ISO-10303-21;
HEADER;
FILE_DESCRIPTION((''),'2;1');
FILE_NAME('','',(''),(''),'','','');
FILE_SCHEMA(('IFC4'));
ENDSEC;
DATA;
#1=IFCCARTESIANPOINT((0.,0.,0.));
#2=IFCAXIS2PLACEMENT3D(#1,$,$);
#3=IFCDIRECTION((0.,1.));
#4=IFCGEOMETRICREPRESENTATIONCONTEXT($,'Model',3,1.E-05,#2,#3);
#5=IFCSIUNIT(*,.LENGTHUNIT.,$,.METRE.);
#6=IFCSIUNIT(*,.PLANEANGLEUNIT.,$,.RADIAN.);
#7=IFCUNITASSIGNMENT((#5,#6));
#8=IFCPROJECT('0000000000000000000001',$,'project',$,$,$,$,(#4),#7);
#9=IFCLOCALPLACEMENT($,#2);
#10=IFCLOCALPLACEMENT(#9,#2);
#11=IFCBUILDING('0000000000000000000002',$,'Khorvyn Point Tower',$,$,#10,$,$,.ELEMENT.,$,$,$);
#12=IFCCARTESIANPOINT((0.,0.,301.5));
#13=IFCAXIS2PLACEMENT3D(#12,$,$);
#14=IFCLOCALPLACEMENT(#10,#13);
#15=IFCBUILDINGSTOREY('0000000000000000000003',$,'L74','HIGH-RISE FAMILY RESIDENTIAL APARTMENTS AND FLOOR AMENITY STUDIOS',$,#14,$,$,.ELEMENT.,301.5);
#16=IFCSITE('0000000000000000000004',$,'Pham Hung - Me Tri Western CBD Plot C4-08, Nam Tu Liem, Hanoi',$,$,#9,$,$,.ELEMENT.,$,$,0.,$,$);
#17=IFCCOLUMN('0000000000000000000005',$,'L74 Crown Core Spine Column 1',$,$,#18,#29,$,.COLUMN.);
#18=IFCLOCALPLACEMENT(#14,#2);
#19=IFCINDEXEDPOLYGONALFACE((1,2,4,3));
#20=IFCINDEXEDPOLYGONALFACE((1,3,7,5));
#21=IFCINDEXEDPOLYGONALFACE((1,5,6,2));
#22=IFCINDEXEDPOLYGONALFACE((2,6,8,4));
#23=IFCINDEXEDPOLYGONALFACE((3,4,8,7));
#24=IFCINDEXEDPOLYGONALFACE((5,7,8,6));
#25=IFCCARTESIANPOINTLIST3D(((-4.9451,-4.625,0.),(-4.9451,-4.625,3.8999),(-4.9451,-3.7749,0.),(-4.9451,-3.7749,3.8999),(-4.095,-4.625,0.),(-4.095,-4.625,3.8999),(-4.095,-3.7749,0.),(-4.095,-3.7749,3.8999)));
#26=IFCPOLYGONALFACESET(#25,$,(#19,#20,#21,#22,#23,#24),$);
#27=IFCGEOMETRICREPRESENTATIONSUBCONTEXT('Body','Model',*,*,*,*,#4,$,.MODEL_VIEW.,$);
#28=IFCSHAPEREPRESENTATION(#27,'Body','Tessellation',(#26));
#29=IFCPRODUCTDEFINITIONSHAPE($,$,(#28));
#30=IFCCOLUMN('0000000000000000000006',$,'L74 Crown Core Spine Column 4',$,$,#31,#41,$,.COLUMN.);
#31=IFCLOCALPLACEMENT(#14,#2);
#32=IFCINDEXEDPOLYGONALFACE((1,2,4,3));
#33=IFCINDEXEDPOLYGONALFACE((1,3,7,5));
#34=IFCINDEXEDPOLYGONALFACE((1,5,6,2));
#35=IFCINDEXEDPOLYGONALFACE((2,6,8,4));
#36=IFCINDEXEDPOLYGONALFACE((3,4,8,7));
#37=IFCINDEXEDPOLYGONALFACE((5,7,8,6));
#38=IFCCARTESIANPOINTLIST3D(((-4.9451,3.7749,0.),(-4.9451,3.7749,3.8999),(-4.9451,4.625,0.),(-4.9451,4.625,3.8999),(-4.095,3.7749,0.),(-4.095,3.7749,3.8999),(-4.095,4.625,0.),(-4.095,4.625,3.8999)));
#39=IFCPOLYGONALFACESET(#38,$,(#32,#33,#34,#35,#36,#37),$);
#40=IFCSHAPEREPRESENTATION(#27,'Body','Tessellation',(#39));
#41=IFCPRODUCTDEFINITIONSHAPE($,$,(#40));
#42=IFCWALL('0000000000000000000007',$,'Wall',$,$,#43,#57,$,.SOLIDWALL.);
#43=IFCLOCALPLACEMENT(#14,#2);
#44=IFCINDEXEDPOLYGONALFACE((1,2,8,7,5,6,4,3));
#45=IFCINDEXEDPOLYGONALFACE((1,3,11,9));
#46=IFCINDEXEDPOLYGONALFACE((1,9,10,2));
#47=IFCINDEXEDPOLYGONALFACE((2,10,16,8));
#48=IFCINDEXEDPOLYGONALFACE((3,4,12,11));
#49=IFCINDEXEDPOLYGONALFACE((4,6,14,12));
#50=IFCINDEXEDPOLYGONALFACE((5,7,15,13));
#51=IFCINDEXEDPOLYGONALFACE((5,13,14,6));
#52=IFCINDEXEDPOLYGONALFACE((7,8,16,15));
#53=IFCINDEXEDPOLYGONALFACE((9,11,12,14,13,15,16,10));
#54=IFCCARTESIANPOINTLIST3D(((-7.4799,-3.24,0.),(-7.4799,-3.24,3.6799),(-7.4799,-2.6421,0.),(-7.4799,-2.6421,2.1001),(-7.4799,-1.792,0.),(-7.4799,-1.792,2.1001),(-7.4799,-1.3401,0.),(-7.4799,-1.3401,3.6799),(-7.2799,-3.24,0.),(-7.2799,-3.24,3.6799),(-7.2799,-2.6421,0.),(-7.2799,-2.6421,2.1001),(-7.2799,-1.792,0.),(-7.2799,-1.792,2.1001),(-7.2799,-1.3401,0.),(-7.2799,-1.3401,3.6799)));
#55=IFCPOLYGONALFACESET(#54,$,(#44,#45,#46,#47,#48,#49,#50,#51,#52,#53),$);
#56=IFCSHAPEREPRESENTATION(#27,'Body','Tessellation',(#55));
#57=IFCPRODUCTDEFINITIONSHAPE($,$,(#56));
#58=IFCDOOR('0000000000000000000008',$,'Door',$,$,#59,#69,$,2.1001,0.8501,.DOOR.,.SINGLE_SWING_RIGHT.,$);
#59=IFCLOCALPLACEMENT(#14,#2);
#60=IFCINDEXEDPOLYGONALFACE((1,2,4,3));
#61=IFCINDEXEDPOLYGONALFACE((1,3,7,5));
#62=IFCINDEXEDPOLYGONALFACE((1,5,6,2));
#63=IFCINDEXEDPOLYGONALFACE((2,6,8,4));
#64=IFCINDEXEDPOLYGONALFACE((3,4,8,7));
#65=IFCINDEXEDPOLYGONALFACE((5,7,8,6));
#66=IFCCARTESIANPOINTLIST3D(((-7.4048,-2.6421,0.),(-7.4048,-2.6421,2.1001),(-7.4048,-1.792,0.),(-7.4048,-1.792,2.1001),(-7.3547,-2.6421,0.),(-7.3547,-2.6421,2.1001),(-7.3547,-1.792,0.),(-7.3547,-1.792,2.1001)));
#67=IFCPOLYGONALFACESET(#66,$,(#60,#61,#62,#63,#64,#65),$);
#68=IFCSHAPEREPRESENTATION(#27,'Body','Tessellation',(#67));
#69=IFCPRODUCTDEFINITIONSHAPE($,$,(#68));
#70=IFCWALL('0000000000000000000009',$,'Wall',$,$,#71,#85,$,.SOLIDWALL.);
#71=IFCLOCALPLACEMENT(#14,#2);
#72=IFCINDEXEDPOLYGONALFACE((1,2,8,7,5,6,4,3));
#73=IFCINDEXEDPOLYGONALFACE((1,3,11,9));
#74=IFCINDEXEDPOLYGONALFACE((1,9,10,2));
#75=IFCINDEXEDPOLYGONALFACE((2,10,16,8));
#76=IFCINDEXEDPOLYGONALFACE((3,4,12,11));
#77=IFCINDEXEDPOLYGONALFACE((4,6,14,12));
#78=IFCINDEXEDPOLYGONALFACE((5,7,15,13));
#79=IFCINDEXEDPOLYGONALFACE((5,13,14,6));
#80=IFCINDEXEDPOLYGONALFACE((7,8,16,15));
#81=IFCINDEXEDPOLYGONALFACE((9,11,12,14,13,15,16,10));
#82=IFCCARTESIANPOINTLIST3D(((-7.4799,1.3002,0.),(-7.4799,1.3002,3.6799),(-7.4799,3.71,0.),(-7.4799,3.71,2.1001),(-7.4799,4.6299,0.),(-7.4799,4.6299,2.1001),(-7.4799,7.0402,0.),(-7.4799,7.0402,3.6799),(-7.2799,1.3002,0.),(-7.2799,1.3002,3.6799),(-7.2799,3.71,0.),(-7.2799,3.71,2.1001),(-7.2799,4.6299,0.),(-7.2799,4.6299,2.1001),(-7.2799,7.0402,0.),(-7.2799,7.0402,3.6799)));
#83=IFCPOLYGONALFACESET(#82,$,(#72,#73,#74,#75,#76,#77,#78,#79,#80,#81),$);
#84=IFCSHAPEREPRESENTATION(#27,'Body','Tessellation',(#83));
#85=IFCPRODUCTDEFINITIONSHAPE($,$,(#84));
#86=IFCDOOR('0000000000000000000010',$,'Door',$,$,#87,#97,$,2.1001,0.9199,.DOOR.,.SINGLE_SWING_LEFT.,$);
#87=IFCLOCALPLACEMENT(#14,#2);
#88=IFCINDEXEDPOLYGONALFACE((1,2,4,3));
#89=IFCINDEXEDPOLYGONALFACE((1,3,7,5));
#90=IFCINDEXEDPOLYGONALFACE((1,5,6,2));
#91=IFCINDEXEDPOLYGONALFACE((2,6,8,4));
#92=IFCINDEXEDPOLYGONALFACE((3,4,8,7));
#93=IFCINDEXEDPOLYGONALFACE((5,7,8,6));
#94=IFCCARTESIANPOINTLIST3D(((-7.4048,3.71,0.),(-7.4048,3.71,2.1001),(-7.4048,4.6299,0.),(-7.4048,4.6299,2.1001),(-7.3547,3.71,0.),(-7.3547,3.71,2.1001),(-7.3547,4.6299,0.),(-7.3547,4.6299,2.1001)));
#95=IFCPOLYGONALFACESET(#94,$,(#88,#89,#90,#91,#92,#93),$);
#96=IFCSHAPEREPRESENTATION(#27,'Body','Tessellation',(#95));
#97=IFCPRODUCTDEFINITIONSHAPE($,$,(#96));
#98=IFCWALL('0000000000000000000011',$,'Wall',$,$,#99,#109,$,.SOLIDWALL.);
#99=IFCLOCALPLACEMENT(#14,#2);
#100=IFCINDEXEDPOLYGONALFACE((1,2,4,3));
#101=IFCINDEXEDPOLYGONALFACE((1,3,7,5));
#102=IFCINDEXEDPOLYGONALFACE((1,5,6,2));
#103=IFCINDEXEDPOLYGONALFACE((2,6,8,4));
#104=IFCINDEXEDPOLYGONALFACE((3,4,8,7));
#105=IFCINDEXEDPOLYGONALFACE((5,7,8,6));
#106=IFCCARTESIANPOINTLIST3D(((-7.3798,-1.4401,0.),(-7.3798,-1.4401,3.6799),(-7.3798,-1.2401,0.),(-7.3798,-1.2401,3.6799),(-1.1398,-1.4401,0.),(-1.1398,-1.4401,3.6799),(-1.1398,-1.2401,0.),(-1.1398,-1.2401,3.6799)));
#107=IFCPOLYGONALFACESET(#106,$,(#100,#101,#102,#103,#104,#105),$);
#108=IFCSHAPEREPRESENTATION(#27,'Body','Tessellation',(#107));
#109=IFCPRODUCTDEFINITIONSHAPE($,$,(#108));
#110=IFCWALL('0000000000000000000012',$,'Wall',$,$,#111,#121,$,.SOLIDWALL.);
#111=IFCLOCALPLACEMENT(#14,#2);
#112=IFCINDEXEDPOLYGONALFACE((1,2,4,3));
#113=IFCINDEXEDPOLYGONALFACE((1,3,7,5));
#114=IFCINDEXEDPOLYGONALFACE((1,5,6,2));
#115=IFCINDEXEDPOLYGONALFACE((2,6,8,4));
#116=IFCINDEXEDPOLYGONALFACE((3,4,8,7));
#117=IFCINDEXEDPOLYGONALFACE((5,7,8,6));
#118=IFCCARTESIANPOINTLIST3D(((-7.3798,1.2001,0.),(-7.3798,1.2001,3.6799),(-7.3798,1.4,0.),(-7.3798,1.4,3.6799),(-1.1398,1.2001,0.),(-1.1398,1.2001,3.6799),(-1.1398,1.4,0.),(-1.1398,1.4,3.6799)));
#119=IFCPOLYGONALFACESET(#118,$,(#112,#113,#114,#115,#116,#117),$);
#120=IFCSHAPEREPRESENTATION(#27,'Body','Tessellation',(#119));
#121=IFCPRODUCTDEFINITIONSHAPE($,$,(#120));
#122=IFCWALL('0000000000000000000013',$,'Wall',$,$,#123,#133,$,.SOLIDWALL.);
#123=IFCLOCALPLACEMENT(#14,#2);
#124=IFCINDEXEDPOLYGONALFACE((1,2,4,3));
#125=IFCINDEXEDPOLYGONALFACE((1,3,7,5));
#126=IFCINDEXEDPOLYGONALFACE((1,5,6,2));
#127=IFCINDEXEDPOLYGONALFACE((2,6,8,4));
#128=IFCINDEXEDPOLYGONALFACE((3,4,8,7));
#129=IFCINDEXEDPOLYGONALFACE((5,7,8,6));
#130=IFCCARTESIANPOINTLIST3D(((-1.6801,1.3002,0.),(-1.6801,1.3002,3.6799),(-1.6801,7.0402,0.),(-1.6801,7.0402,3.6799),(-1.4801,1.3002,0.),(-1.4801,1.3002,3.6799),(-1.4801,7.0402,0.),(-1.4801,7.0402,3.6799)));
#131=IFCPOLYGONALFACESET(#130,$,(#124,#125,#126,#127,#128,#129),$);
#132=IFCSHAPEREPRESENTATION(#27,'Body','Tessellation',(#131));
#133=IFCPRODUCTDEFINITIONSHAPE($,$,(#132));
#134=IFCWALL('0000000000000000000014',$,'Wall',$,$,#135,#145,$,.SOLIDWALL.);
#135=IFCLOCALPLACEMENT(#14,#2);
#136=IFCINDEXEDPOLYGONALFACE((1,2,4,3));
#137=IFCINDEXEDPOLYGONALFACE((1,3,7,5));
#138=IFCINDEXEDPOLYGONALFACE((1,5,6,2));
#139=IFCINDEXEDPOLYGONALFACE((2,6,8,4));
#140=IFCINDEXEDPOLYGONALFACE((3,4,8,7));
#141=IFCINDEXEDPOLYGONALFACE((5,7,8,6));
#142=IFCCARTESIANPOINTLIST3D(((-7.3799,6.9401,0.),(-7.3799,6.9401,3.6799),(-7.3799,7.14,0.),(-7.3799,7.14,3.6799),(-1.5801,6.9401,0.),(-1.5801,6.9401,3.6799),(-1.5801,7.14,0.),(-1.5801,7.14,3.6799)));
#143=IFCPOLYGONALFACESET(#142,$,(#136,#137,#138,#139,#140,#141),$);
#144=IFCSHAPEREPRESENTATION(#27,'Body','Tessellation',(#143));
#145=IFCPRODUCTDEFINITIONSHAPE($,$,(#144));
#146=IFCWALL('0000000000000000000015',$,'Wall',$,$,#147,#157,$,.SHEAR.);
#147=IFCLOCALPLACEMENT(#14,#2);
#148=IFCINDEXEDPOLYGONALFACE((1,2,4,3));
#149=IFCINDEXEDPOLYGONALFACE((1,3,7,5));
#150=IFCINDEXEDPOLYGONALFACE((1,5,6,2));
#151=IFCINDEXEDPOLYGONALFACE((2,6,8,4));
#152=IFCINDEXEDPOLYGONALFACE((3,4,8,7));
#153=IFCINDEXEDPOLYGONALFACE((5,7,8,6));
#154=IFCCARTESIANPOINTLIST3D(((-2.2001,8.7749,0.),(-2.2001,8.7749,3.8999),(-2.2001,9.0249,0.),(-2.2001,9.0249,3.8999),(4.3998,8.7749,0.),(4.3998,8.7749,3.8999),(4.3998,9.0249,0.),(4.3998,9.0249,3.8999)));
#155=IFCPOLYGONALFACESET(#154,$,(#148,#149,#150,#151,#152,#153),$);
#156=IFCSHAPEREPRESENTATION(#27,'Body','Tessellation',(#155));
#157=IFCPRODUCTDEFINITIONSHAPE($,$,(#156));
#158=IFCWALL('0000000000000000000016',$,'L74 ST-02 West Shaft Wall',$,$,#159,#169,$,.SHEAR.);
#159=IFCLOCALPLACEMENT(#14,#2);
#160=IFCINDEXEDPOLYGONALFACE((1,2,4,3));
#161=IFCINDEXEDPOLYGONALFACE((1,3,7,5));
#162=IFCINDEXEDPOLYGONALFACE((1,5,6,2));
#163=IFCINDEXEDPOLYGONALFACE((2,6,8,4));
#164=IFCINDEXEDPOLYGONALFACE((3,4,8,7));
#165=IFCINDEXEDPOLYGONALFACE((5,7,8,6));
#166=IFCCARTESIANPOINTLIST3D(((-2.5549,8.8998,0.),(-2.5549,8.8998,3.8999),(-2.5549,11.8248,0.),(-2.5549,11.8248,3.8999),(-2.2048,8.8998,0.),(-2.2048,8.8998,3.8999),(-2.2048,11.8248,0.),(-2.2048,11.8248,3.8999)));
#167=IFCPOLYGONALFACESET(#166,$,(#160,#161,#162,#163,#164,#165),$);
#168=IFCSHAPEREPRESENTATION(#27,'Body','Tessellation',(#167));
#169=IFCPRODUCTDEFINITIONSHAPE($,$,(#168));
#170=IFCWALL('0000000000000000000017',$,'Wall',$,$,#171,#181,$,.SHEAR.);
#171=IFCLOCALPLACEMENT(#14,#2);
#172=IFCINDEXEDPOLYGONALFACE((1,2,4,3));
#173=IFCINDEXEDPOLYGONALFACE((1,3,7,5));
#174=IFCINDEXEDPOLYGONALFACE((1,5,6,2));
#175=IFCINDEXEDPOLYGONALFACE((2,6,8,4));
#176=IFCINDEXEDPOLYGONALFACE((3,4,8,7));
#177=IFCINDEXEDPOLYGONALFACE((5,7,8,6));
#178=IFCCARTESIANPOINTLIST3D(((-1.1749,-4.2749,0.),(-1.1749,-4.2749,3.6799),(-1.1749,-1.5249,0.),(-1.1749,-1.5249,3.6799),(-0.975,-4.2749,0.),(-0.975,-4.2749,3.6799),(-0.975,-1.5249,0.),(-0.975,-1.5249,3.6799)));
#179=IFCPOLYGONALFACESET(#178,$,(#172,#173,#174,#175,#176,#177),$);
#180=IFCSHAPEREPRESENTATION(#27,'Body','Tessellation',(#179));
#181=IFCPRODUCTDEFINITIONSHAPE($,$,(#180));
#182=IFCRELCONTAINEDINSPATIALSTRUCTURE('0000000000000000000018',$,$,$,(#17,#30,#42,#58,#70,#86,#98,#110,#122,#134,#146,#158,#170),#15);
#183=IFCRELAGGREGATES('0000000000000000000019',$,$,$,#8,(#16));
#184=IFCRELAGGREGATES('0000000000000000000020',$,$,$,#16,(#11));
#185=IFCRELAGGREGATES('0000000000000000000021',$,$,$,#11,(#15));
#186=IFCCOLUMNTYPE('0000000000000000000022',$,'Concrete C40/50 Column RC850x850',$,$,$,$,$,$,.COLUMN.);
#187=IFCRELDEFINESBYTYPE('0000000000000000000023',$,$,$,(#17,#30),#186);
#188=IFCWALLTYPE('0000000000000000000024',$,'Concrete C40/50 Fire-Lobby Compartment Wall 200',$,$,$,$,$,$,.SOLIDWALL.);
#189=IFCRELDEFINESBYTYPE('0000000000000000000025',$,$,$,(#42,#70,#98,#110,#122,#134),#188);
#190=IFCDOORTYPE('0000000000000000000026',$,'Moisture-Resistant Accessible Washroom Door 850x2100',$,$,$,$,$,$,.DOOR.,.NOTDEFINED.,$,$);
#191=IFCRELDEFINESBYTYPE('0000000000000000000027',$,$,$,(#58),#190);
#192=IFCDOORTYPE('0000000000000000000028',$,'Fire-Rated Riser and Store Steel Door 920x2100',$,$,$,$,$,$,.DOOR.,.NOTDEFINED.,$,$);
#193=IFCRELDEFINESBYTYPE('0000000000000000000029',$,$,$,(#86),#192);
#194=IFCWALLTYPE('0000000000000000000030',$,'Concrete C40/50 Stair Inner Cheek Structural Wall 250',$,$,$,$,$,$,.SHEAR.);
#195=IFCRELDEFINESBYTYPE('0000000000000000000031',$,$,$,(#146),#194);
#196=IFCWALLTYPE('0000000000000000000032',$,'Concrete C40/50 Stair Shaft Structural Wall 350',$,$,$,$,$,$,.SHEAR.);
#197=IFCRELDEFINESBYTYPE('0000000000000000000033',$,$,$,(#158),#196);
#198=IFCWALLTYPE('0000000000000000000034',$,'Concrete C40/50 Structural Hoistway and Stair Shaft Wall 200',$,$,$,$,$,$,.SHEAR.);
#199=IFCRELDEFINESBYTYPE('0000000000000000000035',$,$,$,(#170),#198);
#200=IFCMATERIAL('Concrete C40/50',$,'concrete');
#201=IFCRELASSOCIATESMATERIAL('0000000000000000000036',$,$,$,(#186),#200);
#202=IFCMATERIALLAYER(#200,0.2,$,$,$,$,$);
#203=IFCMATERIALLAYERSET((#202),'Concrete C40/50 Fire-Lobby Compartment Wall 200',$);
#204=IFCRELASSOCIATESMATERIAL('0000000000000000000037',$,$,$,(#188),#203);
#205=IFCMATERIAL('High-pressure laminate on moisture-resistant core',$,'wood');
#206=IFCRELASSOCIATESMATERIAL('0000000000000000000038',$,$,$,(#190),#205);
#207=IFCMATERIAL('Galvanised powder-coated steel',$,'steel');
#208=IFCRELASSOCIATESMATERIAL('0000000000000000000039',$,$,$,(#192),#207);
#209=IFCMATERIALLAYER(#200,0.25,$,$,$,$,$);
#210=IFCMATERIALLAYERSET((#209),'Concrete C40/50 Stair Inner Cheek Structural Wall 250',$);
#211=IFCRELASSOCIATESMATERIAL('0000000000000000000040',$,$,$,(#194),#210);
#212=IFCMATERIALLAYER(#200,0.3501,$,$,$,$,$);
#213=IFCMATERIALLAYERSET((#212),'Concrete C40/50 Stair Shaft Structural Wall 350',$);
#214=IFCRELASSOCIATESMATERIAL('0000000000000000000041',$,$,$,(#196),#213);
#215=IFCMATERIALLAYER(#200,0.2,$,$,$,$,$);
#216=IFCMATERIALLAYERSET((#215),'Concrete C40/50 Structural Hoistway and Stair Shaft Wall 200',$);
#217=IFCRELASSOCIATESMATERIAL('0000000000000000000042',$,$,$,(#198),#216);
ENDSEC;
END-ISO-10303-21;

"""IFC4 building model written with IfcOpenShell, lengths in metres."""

from ifc_helpers import new_model, si_unit, direction, frame, frame_2d, origin, origin_2d, place, context, subcontext, project, spatial, rectangle, extrude, material, layer, layer_set, material_profile, profile_set, type_object, element, fill, save


model = new_model("IFC4")

# Units and contexts
model_context = context("Model", 3, precision=1e-05, world=origin(), true_north=direction((0.0, 1.0)))
body_context = subcontext(model_context, "Body", "Model", "MODEL_VIEW")
ifc_project = project(units=[si_unit("LENGTHUNIT", "METRE"), si_unit("PLANEANGLEUNIT", "RADIAN")], contexts=[model_context])

# Site, building, storey
site_placement = place(None, origin())
site = spatial("IfcSite", under=ifc_project, at=site_placement, Name="Pham Hung - Me Tri Western CBD Plot C4-08, Nam Tu Liem, Hanoi", CompositionType="ELEMENT", RefElevation=0.0)
building_placement = place(site_placement, origin())
building = spatial("IfcBuilding", under=site, at=building_placement, Name="Khorvyn Point Tower", CompositionType="ELEMENT")
storey_placement = place(building_placement, frame((0.0, 0.0, 301.5)))
storey = spatial("IfcBuildingStorey", under=building, at=storey_placement, Name="L74", Description="HIGH-RISE FAMILY RESIDENTIAL APARTMENTS AND FLOOR AMENITY STUDIOS", CompositionType="ELEMENT", Elevation=301.5)

# Columns
ifc_material_1 = material(Name="Concrete C40/50", Category="concrete")
ifc_material_profile = material_profile(ifc_material_1, rectangle(XDim=0.8501, YDim=0.8501, at=origin_2d()))
ifc_profile_set = profile_set([ifc_material_profile], Name="Concrete C40/50 RC850x850")
column_type = type_object("IfcColumnType", Name="Concrete C40/50 Column RC850x850", PredefinedType="COLUMN", material=ifc_profile_set)
for number, where, z_axis, x_axis, name in (
    (1, (-4.52, -4.2, 0.0), (0.0, 0.0, 1.0), (1.0, 0.0, 0.0), "L74 Crown Core Spine Column 1"),
    (2, (-4.52, 4.2, 0.0), (0.0, 0.0, 1.0), (1.0, 0.0, 0.0), "L74 Crown Core Spine Column 4"),
):
    element("IfcColumn", number, at=place(storey_placement, frame(where, z_axis=z_axis, x_axis=x_axis)), inside=storey, type_object=column_type, Name=name, PredefinedType="COLUMN", context=body_context, shape_type="SweptSolid", body=[
        extrude(rectangle(XDim=0.8501, YDim=0.8501, at=origin_2d()), origin(), (0.0, 0.0, 1.0), 3.8999),
    ])

# Walls, openings, doors
ifc_layer_1 = layer(ifc_material_1, 0.2)
ifc_layer_set_1 = layer_set([ifc_layer_1], Name="Concrete C40/50 Fire-Lobby Compartment Wall 200")
wall_type_1 = type_object("IfcWallType", Name="Concrete C40/50 Fire-Lobby Compartment Wall 200", PredefinedType="SOLIDWALL", material=ifc_layer_set_1)
wall_1_placement = place(storey_placement, frame((-7.3799, -3.24, 0.0), z_axis=(0.0, 0.0, 1.0), x_axis=(0.0, 1.0, 0.0)))
wall_1 = element("IfcWall", 3, at=wall_1_placement, inside=storey, type_object=wall_type_1, Name="Wall", PredefinedType="SOLIDWALL", context=body_context, shape_type="SweptSolid", body=[
    extrude(rectangle(XDim=1.8999, YDim=0.2, at=frame_2d((0.95, 0.0))), origin(), (0.0, 0.0, 1.0), 3.6799),
])
opening_1_placement = place(wall_1_placement, frame((0.5979, 0.0, 0.0)))
opening_1 = element("IfcOpeningElement", 4, at=opening_1_placement, cuts=wall_1, PredefinedType="OPENING", context=body_context, shape_type="SweptSolid", body=[
    extrude(rectangle(XDim=0.8501, YDim=2.1001, at=frame_2d((0.425, 1.05))), frame((0.0, 0.1099, 0.0), z_axis=(0.0, -1.0, 0.0), x_axis=(1.0, 0.0, 0.0)), (0.0, 0.0, 1.0), 0.22),
])
ifc_material_2 = material(Name="High-pressure laminate on moisture-resistant core", Category="wood")
door_type_1 = type_object("IfcDoorType", Name="Moisture-Resistant Accessible Washroom Door 850x2100", OperationType="NOTDEFINED", PredefinedType="DOOR", material=ifc_material_2)
door_1_placement = place(opening_1_placement, origin())
door_1 = element("IfcDoor", 5, at=door_1_placement, inside=storey, type_object=door_type_1, Name="Door", OperationType="SINGLE_SWING_RIGHT", OverallHeight=2.1001, OverallWidth=0.8501, PredefinedType="DOOR", context=body_context, shape_type="SweptSolid", body=[
    extrude(rectangle(XDim=0.8501, YDim=2.1001, at=frame_2d((0.425, 1.05))), frame((0.0, 0.0249, 0.0), z_axis=(0.0, -1.0, 0.0), x_axis=(1.0, 0.0, 0.0)), (0.0, 0.0, 1.0), 0.05),
])
fill(opening_1, door_1)
wall_2_placement = place(storey_placement, frame((-7.3799, 1.3, 0.0), z_axis=(0.0, 0.0, 1.0), x_axis=(0.0, 1.0, 0.0)))
wall_2 = element("IfcWall", 6, at=wall_2_placement, inside=storey, type_object=wall_type_1, Name="Wall", PredefinedType="SOLIDWALL", context=body_context, shape_type="SweptSolid", body=[
    extrude(rectangle(XDim=5.74, YDim=0.2, at=frame_2d((2.8701, 0.0))), origin(), (0.0, 0.0, 1.0), 3.6799),
])
opening_2_placement = place(wall_2_placement, frame((2.4099, 0.0, 0.0)))
opening_2 = element("IfcOpeningElement", 7, at=opening_2_placement, cuts=wall_2, PredefinedType="OPENING", context=body_context, shape_type="SweptSolid", body=[
    extrude(rectangle(XDim=0.9199, YDim=2.1001, at=frame_2d((0.46, 1.05))), frame((0.0, 0.1099, 0.0), z_axis=(0.0, -1.0, 0.0), x_axis=(1.0, 0.0, 0.0)), (0.0, 0.0, 1.0), 0.22),
])
ifc_material_3 = material(Name="Galvanised powder-coated steel", Category="steel")
door_type_2 = type_object("IfcDoorType", Name="Fire-Rated Riser and Store Steel Door 920x2100", OperationType="NOTDEFINED", PredefinedType="DOOR", material=ifc_material_3)
door_2_placement = place(opening_2_placement, origin())
door_2 = element("IfcDoor", 8, at=door_2_placement, inside=storey, type_object=door_type_2, Name="Door", OperationType="SINGLE_SWING_LEFT", OverallHeight=2.1001, OverallWidth=0.9199, PredefinedType="DOOR", context=body_context, shape_type="SweptSolid", body=[
    extrude(rectangle(XDim=0.9199, YDim=2.1001, at=frame_2d((0.46, 1.05))), frame((0.0, 0.0249, 0.0), z_axis=(0.0, -1.0, 0.0), x_axis=(1.0, 0.0, 0.0)), (0.0, 0.0, 1.0), 0.05),
])
fill(opening_2, door_2)

# Walls
for number, where, z_axis, x_axis, name in (
    (9, (-7.3799, -1.3401, 0.0), (0.0, 0.0, 1.0), (1.0, 0.0, 0.0), "Wall"),
    (10, (-7.3799, 1.3, 0.0), (0.0, 0.0, 1.0), (1.0, 0.0, 0.0), "Wall"),
):
    element("IfcWall", number, at=place(storey_placement, frame(where, z_axis=z_axis, x_axis=x_axis)), inside=storey, type_object=wall_type_1, Name=name, PredefinedType="SOLIDWALL", context=body_context, shape_type="SweptSolid", body=[
        extrude(rectangle(XDim=6.24, YDim=0.2, at=frame_2d((3.1201, 0.0))), origin(), (0.0, 0.0, 1.0), 3.6799),
    ])
wall_3_placement = place(storey_placement, frame((-1.5801, 1.3, 0.0), z_axis=(0.0, 0.0, 1.0), x_axis=(0.0, 1.0, 0.0)))
element("IfcWall", 11, at=wall_3_placement, inside=storey, type_object=wall_type_1, Name="Wall", PredefinedType="SOLIDWALL", context=body_context, shape_type="SweptSolid", body=[
    extrude(rectangle(XDim=5.74, YDim=0.2, at=frame_2d((2.8701, 0.0))), origin(), (0.0, 0.0, 1.0), 3.6799),
])
wall_4_placement = place(storey_placement, frame((-7.3799, 7.04, 0.0), z_axis=(0.0, 0.0, 1.0), x_axis=(1.0, 0.0, 0.0)))
element("IfcWall", 12, at=wall_4_placement, inside=storey, type_object=wall_type_1, Name="Wall", PredefinedType="SOLIDWALL", context=body_context, shape_type="SweptSolid", body=[
    extrude(rectangle(XDim=5.7998, YDim=0.2, at=frame_2d((2.8999, 0.0))), origin(), (0.0, 0.0, 1.0), 3.6799),
])
ifc_layer_2 = layer(ifc_material_1, 0.25)
ifc_layer_set_2 = layer_set([ifc_layer_2], Name="Concrete C40/50 Stair Inner Cheek Structural Wall 250")
wall_type_2 = type_object("IfcWallType", Name="Concrete C40/50 Stair Inner Cheek Structural Wall 250", PredefinedType="SHEAR", material=ifc_layer_set_2)
wall_5_placement = place(storey_placement, frame((-2.2, 8.8999, 0.0), z_axis=(0.0, 0.0, 1.0), x_axis=(1.0, 0.0, 0.0)))
element("IfcWall", 13, at=wall_5_placement, inside=storey, type_object=wall_type_2, Name="Wall", PredefinedType="SHEAR", context=body_context, shape_type="SweptSolid", body=[
    extrude(rectangle(XDim=6.5999, YDim=0.25, at=frame_2d((3.2998, 0.0))), origin(), (0.0, 0.0, 1.0), 3.8999),
])
ifc_layer_3 = layer(ifc_material_1, 0.3501)
ifc_layer_set_3 = layer_set([ifc_layer_3], Name="Concrete C40/50 Stair Shaft Structural Wall 350")
wall_type_3 = type_object("IfcWallType", Name="Concrete C40/50 Stair Shaft Structural Wall 350", PredefinedType="SHEAR", material=ifc_layer_set_3)
wall_6_placement = place(storey_placement, frame((-2.3799, 8.8999, 0.0), z_axis=(0.0, 0.0, 1.0), x_axis=(0.0, 1.0, 0.0)))
element("IfcWall", 14, at=wall_6_placement, inside=storey, type_object=wall_type_3, Name="L74 ST-02 West Shaft Wall", PredefinedType="SHEAR", context=body_context, shape_type="SweptSolid", body=[
    extrude(rectangle(XDim=2.925, YDim=0.3501, at=frame_2d((1.4624, 0.0))), origin(), (0.0, 0.0, 1.0), 3.8999),
])
ifc_layer_4 = layer(ifc_material_1, 0.2)
ifc_layer_set_4 = layer_set([ifc_layer_4], Name="Concrete C40/50 Structural Hoistway and Stair Shaft Wall 200")
wall_type_4 = type_object("IfcWallType", Name="Concrete C40/50 Structural Hoistway and Stair Shaft Wall 200", PredefinedType="SHEAR", material=ifc_layer_set_4)
wall_7_placement = place(storey_placement, frame((-1.075, -4.2749, 0.0), z_axis=(0.0, 0.0, 1.0), x_axis=(0.0, 1.0, 0.0)))
element("IfcWall", 15, at=wall_7_placement, inside=storey, type_object=wall_type_4, Name="Wall", PredefinedType="SHEAR", context=body_context, shape_type="SweptSolid", body=[
    extrude(rectangle(XDim=2.75, YDim=0.2, at=frame_2d((1.375, 0.0))), origin(), (0.0, 0.0, 1.0), 3.6799),
])

save(model, "model.ifc")
